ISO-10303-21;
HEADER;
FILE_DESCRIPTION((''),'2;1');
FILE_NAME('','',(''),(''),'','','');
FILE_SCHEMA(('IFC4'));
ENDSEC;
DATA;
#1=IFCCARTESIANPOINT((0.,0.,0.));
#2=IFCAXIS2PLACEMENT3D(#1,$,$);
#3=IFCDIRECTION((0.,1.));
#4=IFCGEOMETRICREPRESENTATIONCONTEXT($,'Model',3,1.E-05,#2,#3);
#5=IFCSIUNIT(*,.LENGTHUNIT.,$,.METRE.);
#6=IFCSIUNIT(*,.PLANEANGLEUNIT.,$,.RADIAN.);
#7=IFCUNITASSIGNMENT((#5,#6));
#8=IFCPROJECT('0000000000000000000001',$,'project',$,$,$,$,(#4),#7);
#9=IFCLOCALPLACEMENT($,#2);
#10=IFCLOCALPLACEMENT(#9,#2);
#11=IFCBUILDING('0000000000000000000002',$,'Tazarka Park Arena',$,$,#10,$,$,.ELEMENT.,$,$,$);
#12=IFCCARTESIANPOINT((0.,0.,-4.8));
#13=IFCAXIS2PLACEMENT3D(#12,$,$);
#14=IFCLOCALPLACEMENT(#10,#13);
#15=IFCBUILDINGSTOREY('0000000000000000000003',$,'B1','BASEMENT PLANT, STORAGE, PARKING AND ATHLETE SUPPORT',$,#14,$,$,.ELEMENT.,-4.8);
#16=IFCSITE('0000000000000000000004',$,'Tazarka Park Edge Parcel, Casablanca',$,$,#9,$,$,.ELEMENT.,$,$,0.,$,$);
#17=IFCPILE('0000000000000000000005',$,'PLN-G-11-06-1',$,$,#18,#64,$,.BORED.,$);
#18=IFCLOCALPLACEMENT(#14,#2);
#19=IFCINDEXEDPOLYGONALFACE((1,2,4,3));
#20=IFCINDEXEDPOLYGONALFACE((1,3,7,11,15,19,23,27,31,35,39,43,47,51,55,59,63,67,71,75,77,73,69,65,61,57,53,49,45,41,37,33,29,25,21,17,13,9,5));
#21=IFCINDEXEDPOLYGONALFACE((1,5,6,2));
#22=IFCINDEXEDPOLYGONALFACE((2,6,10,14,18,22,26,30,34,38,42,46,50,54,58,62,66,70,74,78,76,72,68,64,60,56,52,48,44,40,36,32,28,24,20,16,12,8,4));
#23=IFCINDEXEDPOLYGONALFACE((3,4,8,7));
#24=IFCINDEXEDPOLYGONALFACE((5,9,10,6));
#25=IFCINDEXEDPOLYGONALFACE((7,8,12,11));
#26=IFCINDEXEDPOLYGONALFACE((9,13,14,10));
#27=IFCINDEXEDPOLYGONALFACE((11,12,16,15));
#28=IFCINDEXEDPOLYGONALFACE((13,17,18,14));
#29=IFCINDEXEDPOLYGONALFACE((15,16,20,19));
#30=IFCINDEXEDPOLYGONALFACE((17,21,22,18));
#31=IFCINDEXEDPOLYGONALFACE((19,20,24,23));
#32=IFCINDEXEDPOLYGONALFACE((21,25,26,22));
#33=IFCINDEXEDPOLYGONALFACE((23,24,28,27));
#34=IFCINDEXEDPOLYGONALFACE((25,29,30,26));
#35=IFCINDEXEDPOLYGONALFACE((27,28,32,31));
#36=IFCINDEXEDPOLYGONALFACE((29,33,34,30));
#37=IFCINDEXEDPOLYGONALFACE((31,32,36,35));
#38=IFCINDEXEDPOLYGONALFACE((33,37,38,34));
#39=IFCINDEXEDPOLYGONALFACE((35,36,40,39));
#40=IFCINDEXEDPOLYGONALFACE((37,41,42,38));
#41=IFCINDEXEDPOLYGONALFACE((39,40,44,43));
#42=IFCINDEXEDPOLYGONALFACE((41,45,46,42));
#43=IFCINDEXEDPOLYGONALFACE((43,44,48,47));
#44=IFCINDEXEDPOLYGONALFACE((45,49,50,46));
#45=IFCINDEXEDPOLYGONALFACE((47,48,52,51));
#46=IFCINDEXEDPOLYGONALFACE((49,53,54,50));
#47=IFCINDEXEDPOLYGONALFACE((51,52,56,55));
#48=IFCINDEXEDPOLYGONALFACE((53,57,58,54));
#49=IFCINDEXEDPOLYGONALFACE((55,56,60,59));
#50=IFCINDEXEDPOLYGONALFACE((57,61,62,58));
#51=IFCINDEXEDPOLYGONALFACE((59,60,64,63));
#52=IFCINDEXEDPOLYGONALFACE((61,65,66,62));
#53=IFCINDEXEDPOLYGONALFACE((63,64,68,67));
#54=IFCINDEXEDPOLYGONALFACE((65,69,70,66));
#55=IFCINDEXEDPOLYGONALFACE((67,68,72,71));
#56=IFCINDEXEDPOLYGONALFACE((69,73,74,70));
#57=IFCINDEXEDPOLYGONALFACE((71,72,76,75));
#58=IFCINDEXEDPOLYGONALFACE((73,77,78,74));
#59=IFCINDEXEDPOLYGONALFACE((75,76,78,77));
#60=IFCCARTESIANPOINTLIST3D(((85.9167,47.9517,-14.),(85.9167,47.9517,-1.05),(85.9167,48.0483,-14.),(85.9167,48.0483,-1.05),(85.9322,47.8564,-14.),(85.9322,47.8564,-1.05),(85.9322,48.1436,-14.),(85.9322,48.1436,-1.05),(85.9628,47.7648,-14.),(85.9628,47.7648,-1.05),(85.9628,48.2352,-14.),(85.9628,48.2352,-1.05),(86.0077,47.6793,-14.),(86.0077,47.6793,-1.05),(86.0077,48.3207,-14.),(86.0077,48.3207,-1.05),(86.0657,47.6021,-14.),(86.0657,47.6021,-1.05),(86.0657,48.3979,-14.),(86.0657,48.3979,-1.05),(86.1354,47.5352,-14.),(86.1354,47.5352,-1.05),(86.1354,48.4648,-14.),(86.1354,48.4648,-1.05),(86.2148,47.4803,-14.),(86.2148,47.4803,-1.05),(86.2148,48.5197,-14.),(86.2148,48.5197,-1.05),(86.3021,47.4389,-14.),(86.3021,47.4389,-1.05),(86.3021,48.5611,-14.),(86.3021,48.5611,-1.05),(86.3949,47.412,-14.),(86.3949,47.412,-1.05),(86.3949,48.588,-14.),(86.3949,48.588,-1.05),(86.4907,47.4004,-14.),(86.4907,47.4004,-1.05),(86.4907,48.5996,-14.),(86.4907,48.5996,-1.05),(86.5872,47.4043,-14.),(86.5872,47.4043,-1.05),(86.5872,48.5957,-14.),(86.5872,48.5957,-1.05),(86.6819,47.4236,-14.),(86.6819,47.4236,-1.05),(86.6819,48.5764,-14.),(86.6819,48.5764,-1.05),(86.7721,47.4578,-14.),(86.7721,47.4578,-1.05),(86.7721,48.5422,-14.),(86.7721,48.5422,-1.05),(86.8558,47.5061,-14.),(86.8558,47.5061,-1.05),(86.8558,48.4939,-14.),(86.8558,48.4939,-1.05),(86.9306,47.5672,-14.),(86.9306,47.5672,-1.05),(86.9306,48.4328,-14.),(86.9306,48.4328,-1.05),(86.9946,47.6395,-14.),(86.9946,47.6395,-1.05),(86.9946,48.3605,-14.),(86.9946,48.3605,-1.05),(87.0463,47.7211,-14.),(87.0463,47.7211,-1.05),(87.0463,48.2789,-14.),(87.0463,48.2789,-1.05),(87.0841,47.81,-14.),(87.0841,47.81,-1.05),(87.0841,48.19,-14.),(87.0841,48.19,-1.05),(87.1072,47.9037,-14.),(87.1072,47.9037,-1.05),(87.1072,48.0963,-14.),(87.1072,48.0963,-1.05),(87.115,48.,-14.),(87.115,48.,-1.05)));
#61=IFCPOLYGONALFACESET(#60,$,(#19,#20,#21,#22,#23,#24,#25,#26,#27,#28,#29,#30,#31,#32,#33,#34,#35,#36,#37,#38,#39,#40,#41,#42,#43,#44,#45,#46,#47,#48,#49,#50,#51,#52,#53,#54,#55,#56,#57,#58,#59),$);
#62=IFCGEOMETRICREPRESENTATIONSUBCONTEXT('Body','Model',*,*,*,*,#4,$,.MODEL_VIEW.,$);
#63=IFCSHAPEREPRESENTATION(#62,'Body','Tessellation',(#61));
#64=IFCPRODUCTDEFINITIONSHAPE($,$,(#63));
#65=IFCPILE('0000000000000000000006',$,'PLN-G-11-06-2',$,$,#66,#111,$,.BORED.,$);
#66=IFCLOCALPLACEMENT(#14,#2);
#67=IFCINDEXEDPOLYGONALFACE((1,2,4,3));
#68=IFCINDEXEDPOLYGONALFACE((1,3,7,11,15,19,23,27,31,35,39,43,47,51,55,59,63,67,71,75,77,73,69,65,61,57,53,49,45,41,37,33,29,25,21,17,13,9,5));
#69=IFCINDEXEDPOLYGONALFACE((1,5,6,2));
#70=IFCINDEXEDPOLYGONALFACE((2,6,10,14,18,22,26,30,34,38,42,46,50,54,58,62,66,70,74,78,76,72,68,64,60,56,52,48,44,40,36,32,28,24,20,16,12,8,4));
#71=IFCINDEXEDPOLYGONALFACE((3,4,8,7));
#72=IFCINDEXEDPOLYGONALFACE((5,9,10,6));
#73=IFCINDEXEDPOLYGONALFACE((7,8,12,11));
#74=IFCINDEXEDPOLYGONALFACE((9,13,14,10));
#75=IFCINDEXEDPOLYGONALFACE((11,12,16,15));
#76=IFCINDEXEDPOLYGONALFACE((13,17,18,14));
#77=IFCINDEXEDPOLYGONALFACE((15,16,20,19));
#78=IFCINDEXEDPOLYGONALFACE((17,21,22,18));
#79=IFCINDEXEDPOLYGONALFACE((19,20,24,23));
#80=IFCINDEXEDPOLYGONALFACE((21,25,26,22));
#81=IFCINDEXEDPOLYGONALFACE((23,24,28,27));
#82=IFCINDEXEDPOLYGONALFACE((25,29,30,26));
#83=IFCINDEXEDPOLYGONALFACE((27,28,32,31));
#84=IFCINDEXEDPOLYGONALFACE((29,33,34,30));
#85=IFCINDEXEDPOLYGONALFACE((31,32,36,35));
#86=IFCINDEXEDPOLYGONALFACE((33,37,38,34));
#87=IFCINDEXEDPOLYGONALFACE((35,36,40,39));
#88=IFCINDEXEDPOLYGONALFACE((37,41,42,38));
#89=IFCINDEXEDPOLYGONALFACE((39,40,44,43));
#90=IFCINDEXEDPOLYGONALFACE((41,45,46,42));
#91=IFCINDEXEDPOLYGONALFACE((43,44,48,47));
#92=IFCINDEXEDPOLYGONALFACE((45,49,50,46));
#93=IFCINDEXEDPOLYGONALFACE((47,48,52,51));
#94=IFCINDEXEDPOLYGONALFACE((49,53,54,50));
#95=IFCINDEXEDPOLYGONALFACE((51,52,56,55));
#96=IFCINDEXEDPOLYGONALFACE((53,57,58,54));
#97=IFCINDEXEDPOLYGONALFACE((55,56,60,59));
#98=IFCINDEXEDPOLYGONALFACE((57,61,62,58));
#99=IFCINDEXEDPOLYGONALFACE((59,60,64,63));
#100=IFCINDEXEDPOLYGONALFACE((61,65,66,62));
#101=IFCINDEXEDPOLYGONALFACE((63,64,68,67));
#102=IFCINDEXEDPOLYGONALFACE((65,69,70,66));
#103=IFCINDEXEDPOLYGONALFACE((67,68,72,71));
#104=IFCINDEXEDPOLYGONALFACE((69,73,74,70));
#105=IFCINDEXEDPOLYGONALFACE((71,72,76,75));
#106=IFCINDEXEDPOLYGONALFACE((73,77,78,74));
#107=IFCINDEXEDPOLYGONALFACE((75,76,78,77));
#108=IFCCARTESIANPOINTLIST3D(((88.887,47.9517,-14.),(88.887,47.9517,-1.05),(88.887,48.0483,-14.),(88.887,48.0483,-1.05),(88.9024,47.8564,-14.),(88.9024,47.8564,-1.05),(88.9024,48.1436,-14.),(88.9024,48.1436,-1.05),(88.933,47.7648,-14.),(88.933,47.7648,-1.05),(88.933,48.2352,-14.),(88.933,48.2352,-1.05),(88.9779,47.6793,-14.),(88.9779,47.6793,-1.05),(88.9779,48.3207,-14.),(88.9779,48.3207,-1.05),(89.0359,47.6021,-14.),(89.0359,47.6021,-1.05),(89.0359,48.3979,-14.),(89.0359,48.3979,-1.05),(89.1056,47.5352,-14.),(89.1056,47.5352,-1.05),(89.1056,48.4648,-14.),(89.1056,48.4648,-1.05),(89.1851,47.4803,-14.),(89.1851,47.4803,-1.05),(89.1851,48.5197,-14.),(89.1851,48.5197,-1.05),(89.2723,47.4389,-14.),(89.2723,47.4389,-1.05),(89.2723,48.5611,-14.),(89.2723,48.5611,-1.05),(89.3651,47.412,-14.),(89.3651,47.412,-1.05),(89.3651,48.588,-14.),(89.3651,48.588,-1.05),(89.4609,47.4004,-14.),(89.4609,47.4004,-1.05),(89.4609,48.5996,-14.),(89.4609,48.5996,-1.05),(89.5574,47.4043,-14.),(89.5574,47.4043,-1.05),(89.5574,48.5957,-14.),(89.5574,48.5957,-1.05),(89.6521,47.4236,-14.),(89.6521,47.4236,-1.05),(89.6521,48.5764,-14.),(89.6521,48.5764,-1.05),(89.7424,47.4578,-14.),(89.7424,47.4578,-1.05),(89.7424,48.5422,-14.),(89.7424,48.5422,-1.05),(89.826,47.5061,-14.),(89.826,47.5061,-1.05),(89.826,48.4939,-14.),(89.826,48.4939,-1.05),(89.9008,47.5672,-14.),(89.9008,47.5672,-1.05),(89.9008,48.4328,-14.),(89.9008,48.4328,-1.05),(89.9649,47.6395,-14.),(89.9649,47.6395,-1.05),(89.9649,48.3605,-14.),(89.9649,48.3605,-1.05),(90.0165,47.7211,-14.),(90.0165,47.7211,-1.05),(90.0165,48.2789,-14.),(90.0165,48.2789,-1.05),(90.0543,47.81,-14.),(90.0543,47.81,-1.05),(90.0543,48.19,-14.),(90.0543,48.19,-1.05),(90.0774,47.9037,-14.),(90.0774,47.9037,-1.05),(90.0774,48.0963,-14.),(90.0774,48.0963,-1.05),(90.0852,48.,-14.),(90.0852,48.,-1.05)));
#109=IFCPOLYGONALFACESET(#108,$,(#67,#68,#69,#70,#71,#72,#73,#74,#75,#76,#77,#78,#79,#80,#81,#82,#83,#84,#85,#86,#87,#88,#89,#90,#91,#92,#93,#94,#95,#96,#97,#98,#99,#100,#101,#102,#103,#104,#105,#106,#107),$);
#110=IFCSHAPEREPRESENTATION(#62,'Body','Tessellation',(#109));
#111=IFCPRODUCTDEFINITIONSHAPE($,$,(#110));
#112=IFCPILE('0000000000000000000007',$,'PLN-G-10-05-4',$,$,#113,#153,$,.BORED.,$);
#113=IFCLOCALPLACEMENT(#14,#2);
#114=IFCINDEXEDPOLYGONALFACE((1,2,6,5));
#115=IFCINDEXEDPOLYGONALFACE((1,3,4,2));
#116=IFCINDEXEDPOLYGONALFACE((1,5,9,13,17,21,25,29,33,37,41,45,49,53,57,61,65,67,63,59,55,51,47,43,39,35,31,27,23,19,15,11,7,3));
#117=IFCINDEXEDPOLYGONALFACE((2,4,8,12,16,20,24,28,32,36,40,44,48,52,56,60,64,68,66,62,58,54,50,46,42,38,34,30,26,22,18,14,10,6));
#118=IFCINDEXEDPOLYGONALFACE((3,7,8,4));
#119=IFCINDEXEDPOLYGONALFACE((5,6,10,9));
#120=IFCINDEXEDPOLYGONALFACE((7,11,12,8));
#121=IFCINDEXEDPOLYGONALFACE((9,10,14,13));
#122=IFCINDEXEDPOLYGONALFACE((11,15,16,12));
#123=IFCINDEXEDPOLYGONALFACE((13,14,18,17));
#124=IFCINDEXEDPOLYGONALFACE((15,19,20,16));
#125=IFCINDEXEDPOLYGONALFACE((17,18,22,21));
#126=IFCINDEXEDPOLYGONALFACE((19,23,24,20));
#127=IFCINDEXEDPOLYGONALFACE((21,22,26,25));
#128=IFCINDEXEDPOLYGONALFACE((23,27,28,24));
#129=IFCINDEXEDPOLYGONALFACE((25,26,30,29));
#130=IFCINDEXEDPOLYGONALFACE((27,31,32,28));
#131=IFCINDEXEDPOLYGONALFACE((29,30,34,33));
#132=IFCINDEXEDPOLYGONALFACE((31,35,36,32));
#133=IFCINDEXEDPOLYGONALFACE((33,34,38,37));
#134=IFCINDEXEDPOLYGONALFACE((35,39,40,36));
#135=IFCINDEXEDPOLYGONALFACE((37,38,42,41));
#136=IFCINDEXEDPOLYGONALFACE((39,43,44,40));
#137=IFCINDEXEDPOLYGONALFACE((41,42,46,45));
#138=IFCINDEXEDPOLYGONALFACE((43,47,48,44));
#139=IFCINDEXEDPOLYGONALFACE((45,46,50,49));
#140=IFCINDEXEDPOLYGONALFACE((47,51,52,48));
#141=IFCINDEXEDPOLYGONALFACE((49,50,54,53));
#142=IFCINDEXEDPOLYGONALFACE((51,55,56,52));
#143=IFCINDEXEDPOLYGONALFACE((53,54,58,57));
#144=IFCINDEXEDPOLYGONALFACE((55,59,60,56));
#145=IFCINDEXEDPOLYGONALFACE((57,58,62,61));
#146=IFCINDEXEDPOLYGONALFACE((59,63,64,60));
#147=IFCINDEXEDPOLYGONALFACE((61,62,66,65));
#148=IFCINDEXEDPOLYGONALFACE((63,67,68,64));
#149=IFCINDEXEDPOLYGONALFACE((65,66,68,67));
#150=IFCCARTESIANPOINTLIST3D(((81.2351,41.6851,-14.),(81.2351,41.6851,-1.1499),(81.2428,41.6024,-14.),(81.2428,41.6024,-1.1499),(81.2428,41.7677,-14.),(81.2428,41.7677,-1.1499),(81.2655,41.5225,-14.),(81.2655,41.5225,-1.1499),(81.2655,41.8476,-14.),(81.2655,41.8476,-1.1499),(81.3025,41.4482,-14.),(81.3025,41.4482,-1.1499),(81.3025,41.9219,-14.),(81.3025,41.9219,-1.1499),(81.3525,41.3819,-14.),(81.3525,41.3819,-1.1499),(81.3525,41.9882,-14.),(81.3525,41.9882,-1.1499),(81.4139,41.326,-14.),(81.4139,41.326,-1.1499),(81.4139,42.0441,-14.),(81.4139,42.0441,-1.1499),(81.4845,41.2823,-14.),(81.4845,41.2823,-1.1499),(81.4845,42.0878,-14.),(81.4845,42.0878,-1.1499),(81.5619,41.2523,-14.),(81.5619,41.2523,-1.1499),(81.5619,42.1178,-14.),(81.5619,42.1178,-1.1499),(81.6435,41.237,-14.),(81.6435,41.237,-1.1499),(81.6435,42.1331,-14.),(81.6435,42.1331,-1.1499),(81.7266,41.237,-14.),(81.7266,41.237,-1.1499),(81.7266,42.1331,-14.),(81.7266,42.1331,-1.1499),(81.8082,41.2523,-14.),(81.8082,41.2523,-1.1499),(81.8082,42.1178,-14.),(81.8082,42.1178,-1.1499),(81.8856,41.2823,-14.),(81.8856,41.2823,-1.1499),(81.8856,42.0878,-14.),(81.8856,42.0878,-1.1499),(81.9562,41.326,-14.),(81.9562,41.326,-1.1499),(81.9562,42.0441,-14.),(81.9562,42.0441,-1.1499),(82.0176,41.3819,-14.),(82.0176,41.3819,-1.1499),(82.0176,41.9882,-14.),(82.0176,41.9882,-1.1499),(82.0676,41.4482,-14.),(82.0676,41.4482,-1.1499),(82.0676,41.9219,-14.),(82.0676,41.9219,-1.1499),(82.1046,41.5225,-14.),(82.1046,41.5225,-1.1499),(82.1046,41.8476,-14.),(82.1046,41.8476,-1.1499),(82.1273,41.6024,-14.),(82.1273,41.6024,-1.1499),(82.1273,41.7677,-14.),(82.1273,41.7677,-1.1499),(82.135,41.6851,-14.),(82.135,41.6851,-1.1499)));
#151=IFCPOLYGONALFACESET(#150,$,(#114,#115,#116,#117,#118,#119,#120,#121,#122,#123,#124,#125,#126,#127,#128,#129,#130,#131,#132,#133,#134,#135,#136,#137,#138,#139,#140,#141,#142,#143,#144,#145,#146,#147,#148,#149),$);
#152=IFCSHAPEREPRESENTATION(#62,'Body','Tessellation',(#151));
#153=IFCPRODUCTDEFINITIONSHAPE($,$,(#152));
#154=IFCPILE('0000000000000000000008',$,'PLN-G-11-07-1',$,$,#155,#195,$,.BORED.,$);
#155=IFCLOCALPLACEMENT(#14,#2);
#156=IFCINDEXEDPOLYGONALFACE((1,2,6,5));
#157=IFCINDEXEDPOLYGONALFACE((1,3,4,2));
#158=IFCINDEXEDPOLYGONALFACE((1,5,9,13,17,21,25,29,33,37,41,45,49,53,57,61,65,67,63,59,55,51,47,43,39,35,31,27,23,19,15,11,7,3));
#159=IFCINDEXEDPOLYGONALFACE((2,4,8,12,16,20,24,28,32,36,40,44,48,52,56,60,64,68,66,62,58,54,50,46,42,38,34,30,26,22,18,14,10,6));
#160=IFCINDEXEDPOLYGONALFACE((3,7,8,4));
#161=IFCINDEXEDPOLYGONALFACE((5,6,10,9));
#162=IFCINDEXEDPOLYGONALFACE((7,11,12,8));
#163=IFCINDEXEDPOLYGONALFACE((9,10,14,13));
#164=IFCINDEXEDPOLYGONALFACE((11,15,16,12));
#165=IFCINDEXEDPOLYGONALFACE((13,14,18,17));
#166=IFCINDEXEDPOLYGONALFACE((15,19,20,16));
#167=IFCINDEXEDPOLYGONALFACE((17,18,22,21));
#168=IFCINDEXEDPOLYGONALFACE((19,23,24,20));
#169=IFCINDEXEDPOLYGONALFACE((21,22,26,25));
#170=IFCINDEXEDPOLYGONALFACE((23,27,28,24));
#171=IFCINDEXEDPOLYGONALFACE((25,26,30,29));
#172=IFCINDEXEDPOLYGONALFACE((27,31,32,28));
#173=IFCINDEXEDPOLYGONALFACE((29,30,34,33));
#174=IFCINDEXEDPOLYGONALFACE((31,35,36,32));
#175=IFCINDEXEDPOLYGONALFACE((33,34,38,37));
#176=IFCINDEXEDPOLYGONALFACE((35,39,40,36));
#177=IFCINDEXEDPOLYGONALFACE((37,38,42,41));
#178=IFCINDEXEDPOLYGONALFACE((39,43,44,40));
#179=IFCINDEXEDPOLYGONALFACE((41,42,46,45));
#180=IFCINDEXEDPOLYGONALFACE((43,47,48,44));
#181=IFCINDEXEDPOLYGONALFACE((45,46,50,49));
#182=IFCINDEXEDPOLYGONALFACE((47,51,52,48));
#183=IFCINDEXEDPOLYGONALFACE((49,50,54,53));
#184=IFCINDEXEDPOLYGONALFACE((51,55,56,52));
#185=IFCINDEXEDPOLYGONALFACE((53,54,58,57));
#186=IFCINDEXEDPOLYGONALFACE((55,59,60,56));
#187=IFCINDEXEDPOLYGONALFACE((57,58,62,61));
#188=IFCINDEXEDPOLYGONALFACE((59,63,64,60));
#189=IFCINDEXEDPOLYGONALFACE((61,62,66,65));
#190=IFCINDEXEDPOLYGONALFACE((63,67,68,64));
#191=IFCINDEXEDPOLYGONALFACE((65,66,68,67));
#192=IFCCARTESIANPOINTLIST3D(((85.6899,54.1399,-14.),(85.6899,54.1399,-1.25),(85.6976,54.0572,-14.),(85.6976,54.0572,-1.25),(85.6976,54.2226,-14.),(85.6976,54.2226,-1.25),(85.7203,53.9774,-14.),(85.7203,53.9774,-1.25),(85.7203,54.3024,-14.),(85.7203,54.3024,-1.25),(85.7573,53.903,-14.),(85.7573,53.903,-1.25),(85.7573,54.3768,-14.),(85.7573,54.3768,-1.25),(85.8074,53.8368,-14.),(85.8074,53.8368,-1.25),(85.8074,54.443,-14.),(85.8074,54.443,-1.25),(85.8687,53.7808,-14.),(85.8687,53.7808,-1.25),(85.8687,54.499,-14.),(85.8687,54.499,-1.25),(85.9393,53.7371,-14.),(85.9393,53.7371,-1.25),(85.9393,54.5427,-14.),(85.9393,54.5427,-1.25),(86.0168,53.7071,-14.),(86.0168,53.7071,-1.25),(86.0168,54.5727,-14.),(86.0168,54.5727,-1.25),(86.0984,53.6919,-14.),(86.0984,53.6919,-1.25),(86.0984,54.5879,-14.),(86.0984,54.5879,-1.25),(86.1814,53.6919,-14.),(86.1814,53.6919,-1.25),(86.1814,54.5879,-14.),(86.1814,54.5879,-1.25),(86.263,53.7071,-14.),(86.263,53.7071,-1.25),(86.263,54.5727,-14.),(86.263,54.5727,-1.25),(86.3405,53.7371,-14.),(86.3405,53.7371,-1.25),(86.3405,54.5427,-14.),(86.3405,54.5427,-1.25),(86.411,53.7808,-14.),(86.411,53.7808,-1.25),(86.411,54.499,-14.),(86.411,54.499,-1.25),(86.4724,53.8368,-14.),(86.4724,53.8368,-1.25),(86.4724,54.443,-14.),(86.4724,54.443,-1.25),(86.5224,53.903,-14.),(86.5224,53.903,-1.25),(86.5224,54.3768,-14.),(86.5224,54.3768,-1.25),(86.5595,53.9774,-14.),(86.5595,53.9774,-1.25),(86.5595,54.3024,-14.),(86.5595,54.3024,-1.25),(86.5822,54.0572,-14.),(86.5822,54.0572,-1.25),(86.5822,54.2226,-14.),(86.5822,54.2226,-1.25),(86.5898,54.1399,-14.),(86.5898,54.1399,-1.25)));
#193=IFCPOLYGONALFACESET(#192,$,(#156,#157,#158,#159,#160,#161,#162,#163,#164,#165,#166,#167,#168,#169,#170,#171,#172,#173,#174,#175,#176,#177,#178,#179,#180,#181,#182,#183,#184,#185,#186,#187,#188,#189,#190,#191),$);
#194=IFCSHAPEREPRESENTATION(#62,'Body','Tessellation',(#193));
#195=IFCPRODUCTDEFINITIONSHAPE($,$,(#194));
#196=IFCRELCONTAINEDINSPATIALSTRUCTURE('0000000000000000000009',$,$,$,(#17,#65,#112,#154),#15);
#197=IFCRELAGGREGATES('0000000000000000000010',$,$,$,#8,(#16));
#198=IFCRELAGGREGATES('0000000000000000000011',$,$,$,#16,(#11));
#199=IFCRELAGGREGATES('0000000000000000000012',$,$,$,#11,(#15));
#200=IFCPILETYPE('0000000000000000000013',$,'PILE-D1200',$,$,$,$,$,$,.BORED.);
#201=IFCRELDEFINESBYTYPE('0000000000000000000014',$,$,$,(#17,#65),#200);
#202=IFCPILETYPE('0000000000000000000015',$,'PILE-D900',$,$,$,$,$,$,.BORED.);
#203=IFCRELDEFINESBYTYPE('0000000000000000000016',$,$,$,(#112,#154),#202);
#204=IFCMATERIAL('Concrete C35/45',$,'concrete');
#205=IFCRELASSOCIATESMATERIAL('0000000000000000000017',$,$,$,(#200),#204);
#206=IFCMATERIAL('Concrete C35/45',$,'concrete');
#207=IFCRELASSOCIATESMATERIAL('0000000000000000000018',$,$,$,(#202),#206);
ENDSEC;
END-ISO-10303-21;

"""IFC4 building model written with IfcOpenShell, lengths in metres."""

from ifc_helpers import new_model, si_unit, direction, frame, origin, origin_2d, place, context, subcontext, project, spatial, circle, extrude, material, material_profile, profile_set, type_object, element, save


model = new_model("IFC4")

# Units and contexts
model_context = context("Model", 3, precision=1e-05, world=origin(), true_north=direction((0.0, 1.0)))
body_context = subcontext(model_context, "Body", "Model", "MODEL_VIEW")
ifc_project = project(units=[si_unit("LENGTHUNIT", "METRE"), si_unit("PLANEANGLEUNIT", "RADIAN")], contexts=[model_context])

# Site, building, storey
site_placement = place(None, origin())
site = spatial("IfcSite", under=ifc_project, at=site_placement, Name="Tazarka Park Edge Parcel, Casablanca", CompositionType="ELEMENT", RefElevation=0.0)
building_placement = place(site_placement, origin())
building = spatial("IfcBuilding", under=site, at=building_placement, Name="Tazarka Park Arena", CompositionType="ELEMENT")
storey_placement = place(building_placement, frame((0.0, 0.0, -4.8)))
storey = spatial("IfcBuildingStorey", under=building, at=storey_placement, Name="B1", Description="BASEMENT PLANT, STORAGE, PARKING AND ATHLETE SUPPORT", CompositionType="ELEMENT", Elevation=-4.8)

# Piles
ifc_material_1 = material(Name="Concrete C35/45", Category="concrete")
ifc_material_profile_1 = material_profile(ifc_material_1, circle(Radius=0.6001, at=origin_2d()), Name="Concrete C35/45")
ifc_profile_set_1 = profile_set([ifc_material_profile_1], Name="Concrete C35/45")
pile_type_1 = type_object("IfcPileType", Name="PILE-D1200", PredefinedType="BORED", material=ifc_profile_set_1)
for number, where, z_axis, x_axis, name in (
    (1, (86.5149, 48.0, -1.05), (0.0, 0.0, -1.0), (1.0, 0.0, 0.0), "PLN-G-11-06-1"),
    (2, (89.4851, 48.0, -1.05), (0.0, 0.0, -1.0), (1.0, 0.0, 0.0), "PLN-G-11-06-2"),
):
    element("IfcPile", number, at=place(storey_placement, frame(where, z_axis=z_axis, x_axis=x_axis)), inside=storey, type_object=pile_type_1, Name=name, PredefinedType="BORED", context=body_context, shape_type="SweptSolid", body=[
        extrude(circle(Radius=0.6001, at=origin_2d()), origin(), (0.0, 0.0, 1.0), 12.95),
    ])
ifc_material_2 = material(Name="Concrete C35/45", Category="concrete")
ifc_material_profile_2 = material_profile(ifc_material_2, circle(Radius=0.45, at=origin_2d()), Name="Concrete C35/45")
ifc_profile_set_2 = profile_set([ifc_material_profile_2], Name="Concrete C35/45")
pile_type_2 = type_object("IfcPileType", Name="PILE-D900", PredefinedType="BORED", material=ifc_profile_set_2)
pile_1_placement = place(storey_placement, frame((81.6851, 41.6851, -1.1499), z_axis=(0.0, 0.0, -1.0), x_axis=(1.0, 0.0, 0.0)))
element("IfcPile", 3, at=pile_1_placement, inside=storey, type_object=pile_type_2, Name="PLN-G-10-05-4", PredefinedType="BORED", context=body_context, shape_type="SweptSolid", body=[
    extrude(circle(Radius=0.45, at=origin_2d()), origin(), (0.0, 0.0, 1.0), 12.8501),
])
for number, where, z_axis, x_axis, name in (
    (4, (86.1399, 54.1399, -1.25), (0.0, 0.0, -1.0), (1.0, 0.0, 0.0), "PLN-G-11-07-1"),
):
    element("IfcPile", number, at=place(storey_placement, frame(where, z_axis=z_axis, x_axis=x_axis)), inside=storey, type_object=pile_type_2, Name=name, PredefinedType="BORED", context=body_context, shape_type="SweptSolid", body=[
        extrude(circle(Radius=0.45, at=origin_2d()), origin(), (0.0, 0.0, 1.0), 12.75),
    ])

save(model, "model.ifc")
